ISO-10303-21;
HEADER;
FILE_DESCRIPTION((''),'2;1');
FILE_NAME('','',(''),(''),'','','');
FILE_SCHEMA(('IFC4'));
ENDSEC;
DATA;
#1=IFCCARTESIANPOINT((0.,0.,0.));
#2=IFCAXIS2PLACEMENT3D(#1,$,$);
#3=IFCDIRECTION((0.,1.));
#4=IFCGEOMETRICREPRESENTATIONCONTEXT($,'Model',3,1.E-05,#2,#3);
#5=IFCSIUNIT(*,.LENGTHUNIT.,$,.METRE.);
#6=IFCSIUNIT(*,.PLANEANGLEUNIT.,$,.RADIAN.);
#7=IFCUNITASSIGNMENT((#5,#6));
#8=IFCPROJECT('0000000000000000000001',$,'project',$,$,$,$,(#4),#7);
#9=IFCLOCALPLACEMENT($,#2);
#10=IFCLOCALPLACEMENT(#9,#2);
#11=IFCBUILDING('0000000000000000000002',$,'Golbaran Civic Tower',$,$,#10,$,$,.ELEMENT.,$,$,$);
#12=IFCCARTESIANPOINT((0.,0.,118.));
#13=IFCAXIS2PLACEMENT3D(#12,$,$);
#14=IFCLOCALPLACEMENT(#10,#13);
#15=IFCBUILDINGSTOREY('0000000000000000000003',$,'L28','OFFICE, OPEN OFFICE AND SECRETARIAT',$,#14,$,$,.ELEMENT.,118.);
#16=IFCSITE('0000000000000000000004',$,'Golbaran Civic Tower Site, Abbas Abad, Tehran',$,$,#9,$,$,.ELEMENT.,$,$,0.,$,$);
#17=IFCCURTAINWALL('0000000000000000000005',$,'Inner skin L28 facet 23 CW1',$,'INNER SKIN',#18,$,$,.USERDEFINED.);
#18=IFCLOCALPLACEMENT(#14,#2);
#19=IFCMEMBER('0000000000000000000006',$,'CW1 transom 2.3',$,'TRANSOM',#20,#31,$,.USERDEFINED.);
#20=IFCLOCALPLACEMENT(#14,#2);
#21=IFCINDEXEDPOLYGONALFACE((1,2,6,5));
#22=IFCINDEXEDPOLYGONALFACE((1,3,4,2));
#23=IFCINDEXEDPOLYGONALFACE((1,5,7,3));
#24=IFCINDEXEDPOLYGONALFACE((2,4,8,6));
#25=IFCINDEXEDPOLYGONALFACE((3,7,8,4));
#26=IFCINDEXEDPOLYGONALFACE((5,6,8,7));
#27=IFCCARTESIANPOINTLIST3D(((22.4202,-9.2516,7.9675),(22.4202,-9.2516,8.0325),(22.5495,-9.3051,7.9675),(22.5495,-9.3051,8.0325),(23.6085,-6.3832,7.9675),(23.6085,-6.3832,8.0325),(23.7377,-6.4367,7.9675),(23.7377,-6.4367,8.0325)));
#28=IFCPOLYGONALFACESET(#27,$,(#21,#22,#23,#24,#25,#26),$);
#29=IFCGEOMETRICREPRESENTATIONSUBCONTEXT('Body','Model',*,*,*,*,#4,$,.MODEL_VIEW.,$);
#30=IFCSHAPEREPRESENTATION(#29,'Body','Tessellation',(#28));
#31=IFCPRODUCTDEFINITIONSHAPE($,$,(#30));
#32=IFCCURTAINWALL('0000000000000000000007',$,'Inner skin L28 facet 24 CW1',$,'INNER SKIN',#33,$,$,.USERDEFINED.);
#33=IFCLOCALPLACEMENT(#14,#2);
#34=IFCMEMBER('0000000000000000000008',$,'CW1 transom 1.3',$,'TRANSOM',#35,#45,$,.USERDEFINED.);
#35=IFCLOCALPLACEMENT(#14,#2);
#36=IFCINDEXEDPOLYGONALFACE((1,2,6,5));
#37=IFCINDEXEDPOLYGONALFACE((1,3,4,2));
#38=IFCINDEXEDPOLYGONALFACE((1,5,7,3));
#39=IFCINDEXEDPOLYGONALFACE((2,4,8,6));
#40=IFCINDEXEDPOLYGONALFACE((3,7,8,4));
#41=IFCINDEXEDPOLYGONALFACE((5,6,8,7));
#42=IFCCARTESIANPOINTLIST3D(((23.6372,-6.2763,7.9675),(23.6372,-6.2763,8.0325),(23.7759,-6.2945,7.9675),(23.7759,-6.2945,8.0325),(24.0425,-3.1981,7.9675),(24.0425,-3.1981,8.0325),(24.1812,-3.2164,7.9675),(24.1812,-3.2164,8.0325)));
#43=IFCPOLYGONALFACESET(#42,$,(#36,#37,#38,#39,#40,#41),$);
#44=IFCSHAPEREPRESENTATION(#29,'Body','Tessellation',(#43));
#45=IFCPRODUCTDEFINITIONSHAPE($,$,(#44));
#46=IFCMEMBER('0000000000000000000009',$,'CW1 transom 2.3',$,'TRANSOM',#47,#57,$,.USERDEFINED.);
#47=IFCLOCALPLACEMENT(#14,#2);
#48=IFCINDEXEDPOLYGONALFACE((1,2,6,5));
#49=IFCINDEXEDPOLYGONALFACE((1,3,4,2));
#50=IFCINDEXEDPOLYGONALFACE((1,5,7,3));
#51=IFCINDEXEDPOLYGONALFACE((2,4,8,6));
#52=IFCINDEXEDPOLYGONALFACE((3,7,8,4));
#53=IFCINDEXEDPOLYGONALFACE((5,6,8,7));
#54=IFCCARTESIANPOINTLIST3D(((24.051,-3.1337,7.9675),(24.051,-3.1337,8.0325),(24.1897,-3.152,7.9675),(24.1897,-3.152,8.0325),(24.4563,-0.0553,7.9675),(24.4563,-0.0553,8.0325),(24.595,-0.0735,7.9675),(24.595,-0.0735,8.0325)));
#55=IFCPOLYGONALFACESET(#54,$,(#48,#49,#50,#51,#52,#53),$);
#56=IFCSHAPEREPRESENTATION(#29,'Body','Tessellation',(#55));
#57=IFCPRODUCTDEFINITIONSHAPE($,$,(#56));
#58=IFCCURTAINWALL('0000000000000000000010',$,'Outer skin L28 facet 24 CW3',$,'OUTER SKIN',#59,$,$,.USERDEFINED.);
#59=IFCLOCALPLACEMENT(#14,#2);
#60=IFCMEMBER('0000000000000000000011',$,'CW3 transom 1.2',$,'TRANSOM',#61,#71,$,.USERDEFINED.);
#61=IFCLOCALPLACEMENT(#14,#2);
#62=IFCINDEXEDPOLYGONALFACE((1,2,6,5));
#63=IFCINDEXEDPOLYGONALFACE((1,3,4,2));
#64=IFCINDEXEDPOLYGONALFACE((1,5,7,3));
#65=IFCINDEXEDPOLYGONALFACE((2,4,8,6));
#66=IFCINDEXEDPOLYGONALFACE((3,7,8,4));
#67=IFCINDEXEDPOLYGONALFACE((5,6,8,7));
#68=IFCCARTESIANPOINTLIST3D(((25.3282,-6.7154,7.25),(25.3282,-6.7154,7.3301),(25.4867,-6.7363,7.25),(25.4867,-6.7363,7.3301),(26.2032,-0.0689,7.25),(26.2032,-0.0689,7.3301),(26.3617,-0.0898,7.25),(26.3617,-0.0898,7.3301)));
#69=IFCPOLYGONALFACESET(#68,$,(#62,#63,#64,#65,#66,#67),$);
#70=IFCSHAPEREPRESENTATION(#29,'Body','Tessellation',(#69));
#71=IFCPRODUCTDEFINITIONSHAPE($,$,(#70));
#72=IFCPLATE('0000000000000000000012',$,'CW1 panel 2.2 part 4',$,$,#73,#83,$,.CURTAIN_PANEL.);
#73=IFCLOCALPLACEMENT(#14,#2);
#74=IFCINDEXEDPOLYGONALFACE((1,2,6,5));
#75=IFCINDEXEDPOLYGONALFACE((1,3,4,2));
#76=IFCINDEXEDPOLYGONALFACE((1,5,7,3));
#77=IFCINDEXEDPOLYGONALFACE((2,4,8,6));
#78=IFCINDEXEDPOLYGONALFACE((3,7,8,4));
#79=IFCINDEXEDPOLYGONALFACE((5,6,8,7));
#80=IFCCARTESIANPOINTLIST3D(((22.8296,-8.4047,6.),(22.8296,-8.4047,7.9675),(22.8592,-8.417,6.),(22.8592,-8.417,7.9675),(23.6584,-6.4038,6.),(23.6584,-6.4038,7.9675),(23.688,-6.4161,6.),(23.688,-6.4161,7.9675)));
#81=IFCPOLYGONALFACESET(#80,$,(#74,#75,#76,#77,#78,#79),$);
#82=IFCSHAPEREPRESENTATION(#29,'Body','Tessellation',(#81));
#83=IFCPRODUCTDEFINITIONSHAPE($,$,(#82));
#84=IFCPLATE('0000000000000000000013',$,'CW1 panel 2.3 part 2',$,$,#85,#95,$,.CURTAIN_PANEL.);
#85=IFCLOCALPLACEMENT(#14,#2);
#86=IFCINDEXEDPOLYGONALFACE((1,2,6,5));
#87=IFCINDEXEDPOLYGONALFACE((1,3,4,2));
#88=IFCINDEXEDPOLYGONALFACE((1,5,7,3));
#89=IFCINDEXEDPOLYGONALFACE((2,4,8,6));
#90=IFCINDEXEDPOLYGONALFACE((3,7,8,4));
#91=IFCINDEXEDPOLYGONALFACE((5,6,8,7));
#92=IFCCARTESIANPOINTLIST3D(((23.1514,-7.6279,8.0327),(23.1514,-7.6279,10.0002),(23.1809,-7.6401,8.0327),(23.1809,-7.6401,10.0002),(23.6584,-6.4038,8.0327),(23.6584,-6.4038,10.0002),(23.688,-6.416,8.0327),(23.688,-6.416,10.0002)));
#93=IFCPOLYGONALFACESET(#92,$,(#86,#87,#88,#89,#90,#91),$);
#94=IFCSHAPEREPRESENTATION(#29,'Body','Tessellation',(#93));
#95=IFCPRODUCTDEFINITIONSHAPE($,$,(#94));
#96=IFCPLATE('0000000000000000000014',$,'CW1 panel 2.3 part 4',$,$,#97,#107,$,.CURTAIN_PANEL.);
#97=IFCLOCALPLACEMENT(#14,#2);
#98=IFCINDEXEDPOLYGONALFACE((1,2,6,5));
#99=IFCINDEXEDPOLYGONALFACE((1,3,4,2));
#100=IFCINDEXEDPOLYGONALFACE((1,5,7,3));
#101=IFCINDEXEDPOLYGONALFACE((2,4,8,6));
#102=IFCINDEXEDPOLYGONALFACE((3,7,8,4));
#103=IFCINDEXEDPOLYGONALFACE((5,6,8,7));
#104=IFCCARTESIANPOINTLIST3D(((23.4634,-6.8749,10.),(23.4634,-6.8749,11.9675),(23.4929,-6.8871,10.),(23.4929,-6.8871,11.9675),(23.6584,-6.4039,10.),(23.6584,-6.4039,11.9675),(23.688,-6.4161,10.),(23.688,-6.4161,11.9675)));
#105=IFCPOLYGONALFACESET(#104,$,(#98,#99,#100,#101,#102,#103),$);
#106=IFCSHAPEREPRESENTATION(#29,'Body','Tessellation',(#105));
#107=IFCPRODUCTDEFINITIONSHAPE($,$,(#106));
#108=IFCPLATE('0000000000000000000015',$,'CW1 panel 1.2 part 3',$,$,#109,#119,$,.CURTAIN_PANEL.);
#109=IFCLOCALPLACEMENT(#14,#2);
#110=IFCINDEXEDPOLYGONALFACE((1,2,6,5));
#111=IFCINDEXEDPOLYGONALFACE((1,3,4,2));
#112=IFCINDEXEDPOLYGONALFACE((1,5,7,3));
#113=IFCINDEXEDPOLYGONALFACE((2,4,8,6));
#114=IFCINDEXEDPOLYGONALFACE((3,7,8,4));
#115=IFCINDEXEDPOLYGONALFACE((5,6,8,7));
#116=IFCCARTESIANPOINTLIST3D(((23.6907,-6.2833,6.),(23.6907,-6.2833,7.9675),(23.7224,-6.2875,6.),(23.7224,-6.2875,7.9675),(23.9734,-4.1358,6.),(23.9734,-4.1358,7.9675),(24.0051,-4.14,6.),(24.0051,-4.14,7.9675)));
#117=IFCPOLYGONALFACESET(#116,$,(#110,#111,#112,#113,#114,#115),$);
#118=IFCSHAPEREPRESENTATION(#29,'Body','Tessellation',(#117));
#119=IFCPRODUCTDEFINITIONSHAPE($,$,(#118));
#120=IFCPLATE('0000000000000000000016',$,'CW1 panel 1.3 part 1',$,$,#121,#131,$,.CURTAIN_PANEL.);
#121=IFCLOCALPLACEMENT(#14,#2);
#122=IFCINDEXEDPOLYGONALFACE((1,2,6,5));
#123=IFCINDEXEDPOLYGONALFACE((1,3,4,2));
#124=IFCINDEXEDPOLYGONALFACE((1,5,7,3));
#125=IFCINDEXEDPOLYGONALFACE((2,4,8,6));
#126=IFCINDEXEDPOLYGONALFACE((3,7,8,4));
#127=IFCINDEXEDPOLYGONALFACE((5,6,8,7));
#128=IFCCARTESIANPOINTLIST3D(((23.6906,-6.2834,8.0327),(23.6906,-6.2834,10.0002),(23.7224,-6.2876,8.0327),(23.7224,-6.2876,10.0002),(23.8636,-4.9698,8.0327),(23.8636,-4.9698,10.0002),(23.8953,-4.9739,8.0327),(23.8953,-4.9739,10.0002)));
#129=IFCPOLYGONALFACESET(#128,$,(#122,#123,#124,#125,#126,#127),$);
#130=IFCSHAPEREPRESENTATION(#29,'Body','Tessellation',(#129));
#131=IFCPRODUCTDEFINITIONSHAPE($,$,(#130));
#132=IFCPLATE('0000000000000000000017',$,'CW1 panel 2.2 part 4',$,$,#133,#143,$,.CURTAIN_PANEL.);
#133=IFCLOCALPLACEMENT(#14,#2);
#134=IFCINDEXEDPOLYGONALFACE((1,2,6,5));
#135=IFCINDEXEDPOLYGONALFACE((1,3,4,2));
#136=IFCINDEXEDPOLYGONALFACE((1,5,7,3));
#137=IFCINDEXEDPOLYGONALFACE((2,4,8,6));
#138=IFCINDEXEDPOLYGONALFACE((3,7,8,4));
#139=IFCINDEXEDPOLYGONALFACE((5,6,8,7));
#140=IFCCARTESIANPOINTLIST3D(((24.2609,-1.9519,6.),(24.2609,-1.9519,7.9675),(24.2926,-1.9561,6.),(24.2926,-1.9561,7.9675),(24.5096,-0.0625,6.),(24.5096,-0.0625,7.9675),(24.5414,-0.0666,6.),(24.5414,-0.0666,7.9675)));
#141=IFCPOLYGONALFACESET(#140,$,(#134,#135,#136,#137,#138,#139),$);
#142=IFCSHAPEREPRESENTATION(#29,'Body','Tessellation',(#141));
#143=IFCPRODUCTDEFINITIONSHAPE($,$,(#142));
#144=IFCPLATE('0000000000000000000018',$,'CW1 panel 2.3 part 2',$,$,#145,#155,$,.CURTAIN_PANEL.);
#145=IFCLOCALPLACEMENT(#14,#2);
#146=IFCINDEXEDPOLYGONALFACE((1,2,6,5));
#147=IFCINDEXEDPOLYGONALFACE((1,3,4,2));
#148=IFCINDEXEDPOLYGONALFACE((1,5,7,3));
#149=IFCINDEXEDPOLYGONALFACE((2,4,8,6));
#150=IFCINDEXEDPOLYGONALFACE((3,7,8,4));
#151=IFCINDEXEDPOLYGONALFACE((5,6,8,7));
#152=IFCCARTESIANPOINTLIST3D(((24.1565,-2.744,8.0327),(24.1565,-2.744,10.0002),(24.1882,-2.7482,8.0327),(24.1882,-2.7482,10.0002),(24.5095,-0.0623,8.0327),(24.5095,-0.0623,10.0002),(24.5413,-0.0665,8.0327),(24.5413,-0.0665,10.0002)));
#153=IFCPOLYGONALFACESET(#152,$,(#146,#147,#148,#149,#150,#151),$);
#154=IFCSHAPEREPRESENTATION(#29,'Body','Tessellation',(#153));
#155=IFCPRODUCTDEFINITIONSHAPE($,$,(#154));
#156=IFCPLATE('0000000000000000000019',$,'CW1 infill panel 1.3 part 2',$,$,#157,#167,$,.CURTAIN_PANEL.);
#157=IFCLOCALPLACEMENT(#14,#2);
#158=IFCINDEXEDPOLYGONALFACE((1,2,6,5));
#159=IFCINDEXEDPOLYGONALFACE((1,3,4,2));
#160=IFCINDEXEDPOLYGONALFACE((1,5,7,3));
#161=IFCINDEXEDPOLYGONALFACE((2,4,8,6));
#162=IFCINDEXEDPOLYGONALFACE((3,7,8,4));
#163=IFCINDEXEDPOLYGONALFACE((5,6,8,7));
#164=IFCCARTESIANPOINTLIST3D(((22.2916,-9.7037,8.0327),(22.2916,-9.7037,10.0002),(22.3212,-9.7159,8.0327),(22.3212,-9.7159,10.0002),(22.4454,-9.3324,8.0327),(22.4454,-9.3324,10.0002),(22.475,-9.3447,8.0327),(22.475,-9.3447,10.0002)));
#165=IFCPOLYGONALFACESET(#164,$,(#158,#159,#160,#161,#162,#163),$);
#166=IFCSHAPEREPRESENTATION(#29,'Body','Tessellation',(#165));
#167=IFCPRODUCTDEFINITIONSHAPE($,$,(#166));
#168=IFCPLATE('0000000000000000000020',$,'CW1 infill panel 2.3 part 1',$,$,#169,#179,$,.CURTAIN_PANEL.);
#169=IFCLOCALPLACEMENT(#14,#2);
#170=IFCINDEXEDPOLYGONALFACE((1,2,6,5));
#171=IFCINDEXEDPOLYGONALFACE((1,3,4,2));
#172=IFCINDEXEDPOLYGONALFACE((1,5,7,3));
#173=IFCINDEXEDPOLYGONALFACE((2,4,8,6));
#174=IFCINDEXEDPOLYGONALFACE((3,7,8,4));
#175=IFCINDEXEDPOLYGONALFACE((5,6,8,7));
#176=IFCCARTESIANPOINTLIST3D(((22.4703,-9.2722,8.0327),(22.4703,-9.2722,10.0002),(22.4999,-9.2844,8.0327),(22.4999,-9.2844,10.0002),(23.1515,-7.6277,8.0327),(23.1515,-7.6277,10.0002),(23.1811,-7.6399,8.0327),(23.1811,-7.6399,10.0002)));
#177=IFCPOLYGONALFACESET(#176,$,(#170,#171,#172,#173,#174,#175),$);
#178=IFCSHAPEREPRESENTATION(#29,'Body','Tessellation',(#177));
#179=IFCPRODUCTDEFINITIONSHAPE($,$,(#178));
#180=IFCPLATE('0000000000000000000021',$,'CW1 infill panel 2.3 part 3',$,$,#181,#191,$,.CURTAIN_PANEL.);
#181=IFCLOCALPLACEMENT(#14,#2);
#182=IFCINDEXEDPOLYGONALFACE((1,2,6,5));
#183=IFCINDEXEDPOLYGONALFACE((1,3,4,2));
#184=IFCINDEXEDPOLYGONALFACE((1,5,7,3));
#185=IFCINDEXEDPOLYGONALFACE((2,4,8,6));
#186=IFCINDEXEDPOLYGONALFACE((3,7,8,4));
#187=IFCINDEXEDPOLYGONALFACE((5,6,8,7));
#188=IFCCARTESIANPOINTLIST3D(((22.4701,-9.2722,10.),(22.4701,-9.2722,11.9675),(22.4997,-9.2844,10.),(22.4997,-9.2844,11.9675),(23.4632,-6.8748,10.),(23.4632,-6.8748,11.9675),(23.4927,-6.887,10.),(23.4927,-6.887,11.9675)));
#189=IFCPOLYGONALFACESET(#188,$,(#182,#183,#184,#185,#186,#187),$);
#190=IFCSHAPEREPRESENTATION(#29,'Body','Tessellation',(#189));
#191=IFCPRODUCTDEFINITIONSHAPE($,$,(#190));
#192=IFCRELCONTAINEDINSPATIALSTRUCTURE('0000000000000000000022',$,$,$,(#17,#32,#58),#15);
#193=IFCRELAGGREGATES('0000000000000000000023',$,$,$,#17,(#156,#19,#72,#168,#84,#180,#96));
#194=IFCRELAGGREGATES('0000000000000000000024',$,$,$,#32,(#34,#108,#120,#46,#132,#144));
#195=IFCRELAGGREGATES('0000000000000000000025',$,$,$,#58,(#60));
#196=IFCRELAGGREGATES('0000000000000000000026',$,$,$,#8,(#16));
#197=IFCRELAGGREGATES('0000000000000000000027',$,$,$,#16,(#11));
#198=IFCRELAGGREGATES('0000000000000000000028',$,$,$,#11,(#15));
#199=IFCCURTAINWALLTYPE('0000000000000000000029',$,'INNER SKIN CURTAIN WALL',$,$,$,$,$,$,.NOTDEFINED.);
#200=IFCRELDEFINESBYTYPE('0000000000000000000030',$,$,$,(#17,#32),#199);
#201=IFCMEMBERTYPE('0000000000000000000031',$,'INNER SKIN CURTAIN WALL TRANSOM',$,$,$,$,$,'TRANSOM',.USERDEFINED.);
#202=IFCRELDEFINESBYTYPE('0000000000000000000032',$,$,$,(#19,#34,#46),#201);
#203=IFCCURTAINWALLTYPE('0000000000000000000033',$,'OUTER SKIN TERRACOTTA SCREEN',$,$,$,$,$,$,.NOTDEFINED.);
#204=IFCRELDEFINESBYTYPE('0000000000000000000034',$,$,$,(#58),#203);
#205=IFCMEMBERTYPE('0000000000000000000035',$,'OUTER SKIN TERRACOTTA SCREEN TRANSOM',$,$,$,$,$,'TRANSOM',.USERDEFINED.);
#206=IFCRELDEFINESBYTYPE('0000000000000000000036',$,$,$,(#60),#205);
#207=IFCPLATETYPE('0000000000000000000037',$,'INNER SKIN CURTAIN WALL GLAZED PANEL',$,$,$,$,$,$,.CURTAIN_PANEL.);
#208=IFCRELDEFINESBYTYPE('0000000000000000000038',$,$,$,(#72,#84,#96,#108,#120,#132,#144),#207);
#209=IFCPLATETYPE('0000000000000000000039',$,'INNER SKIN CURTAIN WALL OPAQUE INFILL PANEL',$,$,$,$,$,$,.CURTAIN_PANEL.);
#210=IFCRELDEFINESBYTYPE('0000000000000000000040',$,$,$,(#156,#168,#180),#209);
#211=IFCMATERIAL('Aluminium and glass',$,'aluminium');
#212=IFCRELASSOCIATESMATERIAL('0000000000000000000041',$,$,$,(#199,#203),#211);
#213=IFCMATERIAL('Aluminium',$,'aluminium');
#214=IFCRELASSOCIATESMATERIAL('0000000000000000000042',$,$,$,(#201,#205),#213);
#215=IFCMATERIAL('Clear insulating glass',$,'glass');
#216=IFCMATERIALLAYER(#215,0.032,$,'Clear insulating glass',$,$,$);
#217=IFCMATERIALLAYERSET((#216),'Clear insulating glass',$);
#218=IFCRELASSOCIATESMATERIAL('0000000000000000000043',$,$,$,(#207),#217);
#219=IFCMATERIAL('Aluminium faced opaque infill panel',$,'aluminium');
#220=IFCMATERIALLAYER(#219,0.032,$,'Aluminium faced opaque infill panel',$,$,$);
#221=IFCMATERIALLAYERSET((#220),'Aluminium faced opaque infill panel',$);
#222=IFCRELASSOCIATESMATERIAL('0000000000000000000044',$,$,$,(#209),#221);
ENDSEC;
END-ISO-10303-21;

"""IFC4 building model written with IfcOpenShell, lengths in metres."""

from ifc_helpers import new_model, si_unit, direction, frame, origin, origin_2d, place, context, subcontext, project, spatial, rectangle, extrude, material, layer, layer_set, material_profile, profile_set, type_object, element, aggregate, save


model = new_model("IFC4")

# Units and contexts
model_context = context("Model", 3, precision=1e-05, world=origin(), true_north=direction((0.0, 1.0)))
body_context = subcontext(model_context, "Body", "Model", "MODEL_VIEW")
ifc_project = project(units=[si_unit("LENGTHUNIT", "METRE"), si_unit("PLANEANGLEUNIT", "RADIAN")], contexts=[model_context])

# Site, building, storey
site_placement = place(None, origin())
site = spatial("IfcSite", under=ifc_project, at=site_placement, Name="Golbaran Civic Tower Site, Abbas Abad, Tehran", CompositionType="ELEMENT", RefElevation=0.0)
building_placement = place(site_placement, origin())
building = spatial("IfcBuilding", under=site, at=building_placement, Name="Golbaran Civic Tower", CompositionType="ELEMENT")
storey_placement = place(building_placement, frame((0.0, 0.0, 118.0)))
storey = spatial("IfcBuildingStorey", under=building, at=storey_placement, Name="L28", Description="OFFICE, OPEN OFFICE AND SECRETARIAT", CompositionType="ELEMENT", Elevation=118.0)

# Curtain wall, member
ifc_material_1 = material(Name="Aluminium and glass", Category="aluminium")
curtain_wall_type_1 = type_object("IfcCurtainWallType", Name="INNER SKIN CURTAIN WALL", PredefinedType="NOTDEFINED", material=ifc_material_1)
curtain_wall_1_placement = place(storey_placement, origin())
curtain_wall_1 = element("IfcCurtainWall", 1, at=curtain_wall_1_placement, inside=storey, type_object=curtain_wall_type_1, Name="Inner skin L28 facet 23 CW1", ObjectType="INNER SKIN", PredefinedType="USERDEFINED")
ifc_material_2 = material(Name="Aluminium", Category="aluminium")
ifc_material_profile_1 = material_profile(ifc_material_2, rectangle(XDim=0.1399, YDim=0.0649, at=origin_2d()), Name="INNER SKIN CURTAIN WALL TRANSOM")
ifc_profile_set_1 = profile_set([ifc_material_profile_1], Name="Aluminium")
member_type_1 = type_object("IfcMemberType", Name="INNER SKIN CURTAIN WALL TRANSOM", ElementType="TRANSOM", PredefinedType="USERDEFINED", material=ifc_profile_set_1)
member_1_placement = place(storey_placement, frame((22.4849, -9.2783, 8.0), z_axis=(0.382711, 0.923868, 0.0), x_axis=(-0.923868, 0.382711, 0.0)))
member_1 = element("IfcMember", 2, at=member_1_placement, type_object=member_type_1, Name="CW1 transom 2.3", ObjectType="TRANSOM", PredefinedType="USERDEFINED", context=body_context, shape_type="SweptSolid", body=[
    extrude(rectangle(XDim=0.1399, YDim=0.0649, at=origin_2d()), origin(), (0.0, 0.0, 1.0), 3.1047),
])

# Curtain wall, members
curtain_wall_2_placement = place(storey_placement, origin())
curtain_wall_2 = element("IfcCurtainWall", 3, at=curtain_wall_2_placement, inside=storey, type_object=curtain_wall_type_1, Name="Inner skin L28 facet 24 CW1", ObjectType="INNER SKIN", PredefinedType="USERDEFINED")
member_2_placement = place(storey_placement, frame((23.7065, -6.2854, 8.0), z_axis=(0.130536, 0.991444, 0.0), x_axis=(-0.991444, 0.130536, 0.0)))
member_2 = element("IfcMember", 4, at=member_2_placement, type_object=member_type_1, Name="CW1 transom 1.3", ObjectType="TRANSOM", PredefinedType="USERDEFINED", context=body_context, shape_type="SweptSolid", body=[
    extrude(rectangle(XDim=0.1399, YDim=0.0649, at=origin_2d()), origin(), (0.0, 0.0, 1.0), 3.1047),
])
member_3_placement = place(storey_placement, frame((24.1204, -3.1428, 8.0), z_axis=(0.130526, 0.991445, 0.0), x_axis=(-0.991445, 0.130526, 0.0)))
member_3 = element("IfcMember", 5, at=member_3_placement, type_object=member_type_1, Name="CW1 transom 2.3", ObjectType="TRANSOM", PredefinedType="USERDEFINED", context=body_context, shape_type="SweptSolid", body=[
    extrude(rectangle(XDim=0.1399, YDim=0.0649, at=origin_2d()), origin(), (0.0, 0.0, 1.0), 3.105),
])

# Curtain wall, member
curtain_wall_type_2 = type_object("IfcCurtainWallType", Name="OUTER SKIN TERRACOTTA SCREEN", PredefinedType="NOTDEFINED", material=ifc_material_1)
curtain_wall_3_placement = place(storey_placement, origin())
curtain_wall_3 = element("IfcCurtainWall", 6, at=curtain_wall_3_placement, inside=storey, type_object=curtain_wall_type_2, Name="Outer skin L28 facet 24 CW3", ObjectType="OUTER SKIN", PredefinedType="USERDEFINED")
ifc_material_profile_2 = material_profile(ifc_material_2, rectangle(XDim=0.1599, YDim=0.0801, at=origin_2d()), Name="OUTER SKIN TERRACOTTA SCREEN TRANSOM")
ifc_profile_set_2 = profile_set([ifc_material_profile_2], Name="Aluminium")
member_type_2 = type_object("IfcMemberType", Name="OUTER SKIN TERRACOTTA SCREEN TRANSOM", ElementType="TRANSOM", PredefinedType="USERDEFINED", material=ifc_profile_set_2)
member_4_placement = place(storey_placement, frame((25.4075, -6.7258, 7.29), z_axis=(0.130522, 0.991445, 0.0), x_axis=(-0.991445, 0.130522, 0.0)))
member_4 = element("IfcMember", 7, at=member_4_placement, type_object=member_type_2, Name="CW3 transom 1.2", ObjectType="TRANSOM", PredefinedType="USERDEFINED", context=body_context, shape_type="SweptSolid", body=[
    extrude(rectangle(XDim=0.1599, YDim=0.0801, at=origin_2d()), origin(), (0.0, 0.0, 1.0), 6.7039),
])

# Plates
ifc_material_3 = material(Name="Clear insulating glass", Category="glass")
ifc_layer_1 = layer(ifc_material_3, 0.032, Name="Clear insulating glass")
ifc_layer_set_1 = layer_set([ifc_layer_1], Name="Clear insulating glass")
plate_type_1 = type_object("IfcPlateType", Name="INNER SKIN CURTAIN WALL GLAZED PANEL", PredefinedType="CURTAIN_PANEL", material=ifc_layer_set_1)
plate_1_placement = place(storey_placement, frame((23.2588, -7.4104, 6.0), z_axis=(0.0, 0.0, 1.0), x_axis=(0.382683, 0.92388, 0.0)))
plate_1 = element("IfcPlate", 8, at=plate_1_placement, type_object=plate_type_1, Name="CW1 panel 2.2 part 4", PredefinedType="CURTAIN_PANEL", context=body_context, shape_type="SweptSolid", body=[
    extrude(rectangle(XDim=2.1658, YDim=0.032, at=origin_2d()), origin(), (0.0, 0.0, 1.0), 1.9675),
])
plate_2_placement = place(storey_placement, frame((23.4197, -7.022, 8.0327), z_axis=(0.0, 0.0, 1.0), x_axis=(0.382683, 0.92388, 0.0)))
plate_2 = element("IfcPlate", 9, at=plate_2_placement, type_object=plate_type_1, Name="CW1 panel 2.3 part 2", PredefinedType="CURTAIN_PANEL", context=body_context, shape_type="SweptSolid", body=[
    extrude(rectangle(XDim=1.325, YDim=0.032, at=origin_2d()), origin(), (0.0, 0.0, 1.0), 1.9675),
])
plate_3_placement = place(storey_placement, frame((23.5757, -6.6455, 10.0), z_axis=(0.0, 0.0, 1.0), x_axis=(0.382683, 0.92388, 0.0)))
plate_3 = element("IfcPlate", 10, at=plate_3_placement, type_object=plate_type_1, Name="CW1 panel 2.3 part 4", PredefinedType="CURTAIN_PANEL", context=body_context, shape_type="SweptSolid", body=[
    extrude(rectangle(XDim=0.5098, YDim=0.032, at=origin_2d()), origin(), (0.0, 0.0, 1.0), 1.9675),
])
plate_4_placement = place(storey_placement, frame((23.8479, -5.2117, 6.0), z_axis=(0.0, 0.0, 1.0), x_axis=(0.130526, 0.991445, 0.0)))
plate_4 = element("IfcPlate", 11, at=plate_4_placement, type_object=plate_type_1, Name="CW1 panel 1.2 part 3", PredefinedType="CURTAIN_PANEL", context=body_context, shape_type="SweptSolid", body=[
    extrude(rectangle(XDim=2.166, YDim=0.032, at=origin_2d()), origin(), (0.0, 0.0, 1.0), 1.9675),
])
plate_5_placement = place(storey_placement, frame((23.793, -5.6287, 8.0327), z_axis=(0.0, 0.0, 1.0), x_axis=(0.130526, 0.991445, 0.0)))
plate_5 = element("IfcPlate", 12, at=plate_5_placement, type_object=plate_type_1, Name="CW1 panel 1.3 part 1", PredefinedType="CURTAIN_PANEL", context=body_context, shape_type="SweptSolid", body=[
    extrude(rectangle(XDim=1.325, YDim=0.032, at=origin_2d()), origin(), (0.0, 0.0, 1.0), 1.9675),
])
plate_6_placement = place(storey_placement, frame((24.4011, -1.0093, 6.0), z_axis=(0.0, 0.0, 1.0), x_axis=(0.130526, 0.991445, 0.0)))
plate_6 = element("IfcPlate", 13, at=plate_6_placement, type_object=plate_type_1, Name="CW1 panel 2.2 part 4", PredefinedType="CURTAIN_PANEL", context=body_context, shape_type="SweptSolid", body=[
    extrude(rectangle(XDim=1.9058, YDim=0.032, at=origin_2d()), origin(), (0.0, 0.0, 1.0), 1.9675),
])
plate_7_placement = place(storey_placement, frame((24.3489, -1.4053, 8.0327), z_axis=(0.0, 0.0, 1.0), x_axis=(0.130526, 0.991445, 0.0)))
plate_7 = element("IfcPlate", 14, at=plate_7_placement, type_object=plate_type_1, Name="CW1 panel 2.3 part 2", PredefinedType="CURTAIN_PANEL", context=body_context, shape_type="SweptSolid", body=[
    extrude(rectangle(XDim=2.7048, YDim=0.032, at=origin_2d()), origin(), (0.0, 0.0, 1.0), 1.9675),
])
ifc_material_4 = material(Name="Aluminium faced opaque infill panel", Category="aluminium")
ifc_layer_2 = layer(ifc_material_4, 0.032, Name="Aluminium faced opaque infill panel")
ifc_layer_set_2 = layer_set([ifc_layer_2], Name="Aluminium faced opaque infill panel")
plate_type_2 = type_object("IfcPlateType", Name="INNER SKIN CURTAIN WALL OPAQUE INFILL PANEL", PredefinedType="CURTAIN_PANEL", material=ifc_layer_set_2)
plate_8_placement = place(storey_placement, frame((22.3833, -9.5242, 8.0327), z_axis=(0.0, 0.0, 1.0), x_axis=(0.382683, 0.92388, 0.0)))
plate_8 = element("IfcPlate", 15, at=plate_8_placement, type_object=plate_type_2, Name="CW1 infill panel 1.3 part 2", PredefinedType="CURTAIN_PANEL", context=body_context, shape_type="SweptSolid", body=[
    extrude(rectangle(XDim=0.4019, YDim=0.032, at=origin_2d()), origin(), (0.0, 0.0, 1.0), 1.9675),
])
plate_9_placement = place(storey_placement, frame((22.8257, -8.4561, 8.0327), z_axis=(0.0, 0.0, 1.0), x_axis=(0.382683, 0.92388, 0.0)))
plate_9 = element("IfcPlate", 16, at=plate_9_placement, type_object=plate_type_2, Name="CW1 infill panel 2.3 part 1", PredefinedType="CURTAIN_PANEL", context=body_context, shape_type="SweptSolid", body=[
    extrude(rectangle(XDim=1.78, YDim=0.032, at=origin_2d()), origin(), (0.0, 0.0, 1.0), 1.9675),
])
plate_10_placement = place(storey_placement, frame((22.9814, -8.0796, 10.0), z_axis=(0.0, 0.0, 1.0), x_axis=(0.382683, 0.92388, 0.0)))
plate_10 = element("IfcPlate", 17, at=plate_10_placement, type_object=plate_type_2, Name="CW1 infill panel 2.3 part 3", PredefinedType="CURTAIN_PANEL", context=body_context, shape_type="SweptSolid", body=[
    extrude(rectangle(XDim=2.595, YDim=0.032, at=origin_2d()), origin(), (0.0, 0.0, 1.0), 1.9675),
])
aggregate(curtain_wall_1, [plate_8, member_1, plate_1, plate_9, plate_2, plate_10, plate_3])
aggregate(curtain_wall_2, [member_2, plate_4, plate_5, member_3, plate_6, plate_7])
aggregate(curtain_wall_3, [member_4])

save(model, "model.ifc")
